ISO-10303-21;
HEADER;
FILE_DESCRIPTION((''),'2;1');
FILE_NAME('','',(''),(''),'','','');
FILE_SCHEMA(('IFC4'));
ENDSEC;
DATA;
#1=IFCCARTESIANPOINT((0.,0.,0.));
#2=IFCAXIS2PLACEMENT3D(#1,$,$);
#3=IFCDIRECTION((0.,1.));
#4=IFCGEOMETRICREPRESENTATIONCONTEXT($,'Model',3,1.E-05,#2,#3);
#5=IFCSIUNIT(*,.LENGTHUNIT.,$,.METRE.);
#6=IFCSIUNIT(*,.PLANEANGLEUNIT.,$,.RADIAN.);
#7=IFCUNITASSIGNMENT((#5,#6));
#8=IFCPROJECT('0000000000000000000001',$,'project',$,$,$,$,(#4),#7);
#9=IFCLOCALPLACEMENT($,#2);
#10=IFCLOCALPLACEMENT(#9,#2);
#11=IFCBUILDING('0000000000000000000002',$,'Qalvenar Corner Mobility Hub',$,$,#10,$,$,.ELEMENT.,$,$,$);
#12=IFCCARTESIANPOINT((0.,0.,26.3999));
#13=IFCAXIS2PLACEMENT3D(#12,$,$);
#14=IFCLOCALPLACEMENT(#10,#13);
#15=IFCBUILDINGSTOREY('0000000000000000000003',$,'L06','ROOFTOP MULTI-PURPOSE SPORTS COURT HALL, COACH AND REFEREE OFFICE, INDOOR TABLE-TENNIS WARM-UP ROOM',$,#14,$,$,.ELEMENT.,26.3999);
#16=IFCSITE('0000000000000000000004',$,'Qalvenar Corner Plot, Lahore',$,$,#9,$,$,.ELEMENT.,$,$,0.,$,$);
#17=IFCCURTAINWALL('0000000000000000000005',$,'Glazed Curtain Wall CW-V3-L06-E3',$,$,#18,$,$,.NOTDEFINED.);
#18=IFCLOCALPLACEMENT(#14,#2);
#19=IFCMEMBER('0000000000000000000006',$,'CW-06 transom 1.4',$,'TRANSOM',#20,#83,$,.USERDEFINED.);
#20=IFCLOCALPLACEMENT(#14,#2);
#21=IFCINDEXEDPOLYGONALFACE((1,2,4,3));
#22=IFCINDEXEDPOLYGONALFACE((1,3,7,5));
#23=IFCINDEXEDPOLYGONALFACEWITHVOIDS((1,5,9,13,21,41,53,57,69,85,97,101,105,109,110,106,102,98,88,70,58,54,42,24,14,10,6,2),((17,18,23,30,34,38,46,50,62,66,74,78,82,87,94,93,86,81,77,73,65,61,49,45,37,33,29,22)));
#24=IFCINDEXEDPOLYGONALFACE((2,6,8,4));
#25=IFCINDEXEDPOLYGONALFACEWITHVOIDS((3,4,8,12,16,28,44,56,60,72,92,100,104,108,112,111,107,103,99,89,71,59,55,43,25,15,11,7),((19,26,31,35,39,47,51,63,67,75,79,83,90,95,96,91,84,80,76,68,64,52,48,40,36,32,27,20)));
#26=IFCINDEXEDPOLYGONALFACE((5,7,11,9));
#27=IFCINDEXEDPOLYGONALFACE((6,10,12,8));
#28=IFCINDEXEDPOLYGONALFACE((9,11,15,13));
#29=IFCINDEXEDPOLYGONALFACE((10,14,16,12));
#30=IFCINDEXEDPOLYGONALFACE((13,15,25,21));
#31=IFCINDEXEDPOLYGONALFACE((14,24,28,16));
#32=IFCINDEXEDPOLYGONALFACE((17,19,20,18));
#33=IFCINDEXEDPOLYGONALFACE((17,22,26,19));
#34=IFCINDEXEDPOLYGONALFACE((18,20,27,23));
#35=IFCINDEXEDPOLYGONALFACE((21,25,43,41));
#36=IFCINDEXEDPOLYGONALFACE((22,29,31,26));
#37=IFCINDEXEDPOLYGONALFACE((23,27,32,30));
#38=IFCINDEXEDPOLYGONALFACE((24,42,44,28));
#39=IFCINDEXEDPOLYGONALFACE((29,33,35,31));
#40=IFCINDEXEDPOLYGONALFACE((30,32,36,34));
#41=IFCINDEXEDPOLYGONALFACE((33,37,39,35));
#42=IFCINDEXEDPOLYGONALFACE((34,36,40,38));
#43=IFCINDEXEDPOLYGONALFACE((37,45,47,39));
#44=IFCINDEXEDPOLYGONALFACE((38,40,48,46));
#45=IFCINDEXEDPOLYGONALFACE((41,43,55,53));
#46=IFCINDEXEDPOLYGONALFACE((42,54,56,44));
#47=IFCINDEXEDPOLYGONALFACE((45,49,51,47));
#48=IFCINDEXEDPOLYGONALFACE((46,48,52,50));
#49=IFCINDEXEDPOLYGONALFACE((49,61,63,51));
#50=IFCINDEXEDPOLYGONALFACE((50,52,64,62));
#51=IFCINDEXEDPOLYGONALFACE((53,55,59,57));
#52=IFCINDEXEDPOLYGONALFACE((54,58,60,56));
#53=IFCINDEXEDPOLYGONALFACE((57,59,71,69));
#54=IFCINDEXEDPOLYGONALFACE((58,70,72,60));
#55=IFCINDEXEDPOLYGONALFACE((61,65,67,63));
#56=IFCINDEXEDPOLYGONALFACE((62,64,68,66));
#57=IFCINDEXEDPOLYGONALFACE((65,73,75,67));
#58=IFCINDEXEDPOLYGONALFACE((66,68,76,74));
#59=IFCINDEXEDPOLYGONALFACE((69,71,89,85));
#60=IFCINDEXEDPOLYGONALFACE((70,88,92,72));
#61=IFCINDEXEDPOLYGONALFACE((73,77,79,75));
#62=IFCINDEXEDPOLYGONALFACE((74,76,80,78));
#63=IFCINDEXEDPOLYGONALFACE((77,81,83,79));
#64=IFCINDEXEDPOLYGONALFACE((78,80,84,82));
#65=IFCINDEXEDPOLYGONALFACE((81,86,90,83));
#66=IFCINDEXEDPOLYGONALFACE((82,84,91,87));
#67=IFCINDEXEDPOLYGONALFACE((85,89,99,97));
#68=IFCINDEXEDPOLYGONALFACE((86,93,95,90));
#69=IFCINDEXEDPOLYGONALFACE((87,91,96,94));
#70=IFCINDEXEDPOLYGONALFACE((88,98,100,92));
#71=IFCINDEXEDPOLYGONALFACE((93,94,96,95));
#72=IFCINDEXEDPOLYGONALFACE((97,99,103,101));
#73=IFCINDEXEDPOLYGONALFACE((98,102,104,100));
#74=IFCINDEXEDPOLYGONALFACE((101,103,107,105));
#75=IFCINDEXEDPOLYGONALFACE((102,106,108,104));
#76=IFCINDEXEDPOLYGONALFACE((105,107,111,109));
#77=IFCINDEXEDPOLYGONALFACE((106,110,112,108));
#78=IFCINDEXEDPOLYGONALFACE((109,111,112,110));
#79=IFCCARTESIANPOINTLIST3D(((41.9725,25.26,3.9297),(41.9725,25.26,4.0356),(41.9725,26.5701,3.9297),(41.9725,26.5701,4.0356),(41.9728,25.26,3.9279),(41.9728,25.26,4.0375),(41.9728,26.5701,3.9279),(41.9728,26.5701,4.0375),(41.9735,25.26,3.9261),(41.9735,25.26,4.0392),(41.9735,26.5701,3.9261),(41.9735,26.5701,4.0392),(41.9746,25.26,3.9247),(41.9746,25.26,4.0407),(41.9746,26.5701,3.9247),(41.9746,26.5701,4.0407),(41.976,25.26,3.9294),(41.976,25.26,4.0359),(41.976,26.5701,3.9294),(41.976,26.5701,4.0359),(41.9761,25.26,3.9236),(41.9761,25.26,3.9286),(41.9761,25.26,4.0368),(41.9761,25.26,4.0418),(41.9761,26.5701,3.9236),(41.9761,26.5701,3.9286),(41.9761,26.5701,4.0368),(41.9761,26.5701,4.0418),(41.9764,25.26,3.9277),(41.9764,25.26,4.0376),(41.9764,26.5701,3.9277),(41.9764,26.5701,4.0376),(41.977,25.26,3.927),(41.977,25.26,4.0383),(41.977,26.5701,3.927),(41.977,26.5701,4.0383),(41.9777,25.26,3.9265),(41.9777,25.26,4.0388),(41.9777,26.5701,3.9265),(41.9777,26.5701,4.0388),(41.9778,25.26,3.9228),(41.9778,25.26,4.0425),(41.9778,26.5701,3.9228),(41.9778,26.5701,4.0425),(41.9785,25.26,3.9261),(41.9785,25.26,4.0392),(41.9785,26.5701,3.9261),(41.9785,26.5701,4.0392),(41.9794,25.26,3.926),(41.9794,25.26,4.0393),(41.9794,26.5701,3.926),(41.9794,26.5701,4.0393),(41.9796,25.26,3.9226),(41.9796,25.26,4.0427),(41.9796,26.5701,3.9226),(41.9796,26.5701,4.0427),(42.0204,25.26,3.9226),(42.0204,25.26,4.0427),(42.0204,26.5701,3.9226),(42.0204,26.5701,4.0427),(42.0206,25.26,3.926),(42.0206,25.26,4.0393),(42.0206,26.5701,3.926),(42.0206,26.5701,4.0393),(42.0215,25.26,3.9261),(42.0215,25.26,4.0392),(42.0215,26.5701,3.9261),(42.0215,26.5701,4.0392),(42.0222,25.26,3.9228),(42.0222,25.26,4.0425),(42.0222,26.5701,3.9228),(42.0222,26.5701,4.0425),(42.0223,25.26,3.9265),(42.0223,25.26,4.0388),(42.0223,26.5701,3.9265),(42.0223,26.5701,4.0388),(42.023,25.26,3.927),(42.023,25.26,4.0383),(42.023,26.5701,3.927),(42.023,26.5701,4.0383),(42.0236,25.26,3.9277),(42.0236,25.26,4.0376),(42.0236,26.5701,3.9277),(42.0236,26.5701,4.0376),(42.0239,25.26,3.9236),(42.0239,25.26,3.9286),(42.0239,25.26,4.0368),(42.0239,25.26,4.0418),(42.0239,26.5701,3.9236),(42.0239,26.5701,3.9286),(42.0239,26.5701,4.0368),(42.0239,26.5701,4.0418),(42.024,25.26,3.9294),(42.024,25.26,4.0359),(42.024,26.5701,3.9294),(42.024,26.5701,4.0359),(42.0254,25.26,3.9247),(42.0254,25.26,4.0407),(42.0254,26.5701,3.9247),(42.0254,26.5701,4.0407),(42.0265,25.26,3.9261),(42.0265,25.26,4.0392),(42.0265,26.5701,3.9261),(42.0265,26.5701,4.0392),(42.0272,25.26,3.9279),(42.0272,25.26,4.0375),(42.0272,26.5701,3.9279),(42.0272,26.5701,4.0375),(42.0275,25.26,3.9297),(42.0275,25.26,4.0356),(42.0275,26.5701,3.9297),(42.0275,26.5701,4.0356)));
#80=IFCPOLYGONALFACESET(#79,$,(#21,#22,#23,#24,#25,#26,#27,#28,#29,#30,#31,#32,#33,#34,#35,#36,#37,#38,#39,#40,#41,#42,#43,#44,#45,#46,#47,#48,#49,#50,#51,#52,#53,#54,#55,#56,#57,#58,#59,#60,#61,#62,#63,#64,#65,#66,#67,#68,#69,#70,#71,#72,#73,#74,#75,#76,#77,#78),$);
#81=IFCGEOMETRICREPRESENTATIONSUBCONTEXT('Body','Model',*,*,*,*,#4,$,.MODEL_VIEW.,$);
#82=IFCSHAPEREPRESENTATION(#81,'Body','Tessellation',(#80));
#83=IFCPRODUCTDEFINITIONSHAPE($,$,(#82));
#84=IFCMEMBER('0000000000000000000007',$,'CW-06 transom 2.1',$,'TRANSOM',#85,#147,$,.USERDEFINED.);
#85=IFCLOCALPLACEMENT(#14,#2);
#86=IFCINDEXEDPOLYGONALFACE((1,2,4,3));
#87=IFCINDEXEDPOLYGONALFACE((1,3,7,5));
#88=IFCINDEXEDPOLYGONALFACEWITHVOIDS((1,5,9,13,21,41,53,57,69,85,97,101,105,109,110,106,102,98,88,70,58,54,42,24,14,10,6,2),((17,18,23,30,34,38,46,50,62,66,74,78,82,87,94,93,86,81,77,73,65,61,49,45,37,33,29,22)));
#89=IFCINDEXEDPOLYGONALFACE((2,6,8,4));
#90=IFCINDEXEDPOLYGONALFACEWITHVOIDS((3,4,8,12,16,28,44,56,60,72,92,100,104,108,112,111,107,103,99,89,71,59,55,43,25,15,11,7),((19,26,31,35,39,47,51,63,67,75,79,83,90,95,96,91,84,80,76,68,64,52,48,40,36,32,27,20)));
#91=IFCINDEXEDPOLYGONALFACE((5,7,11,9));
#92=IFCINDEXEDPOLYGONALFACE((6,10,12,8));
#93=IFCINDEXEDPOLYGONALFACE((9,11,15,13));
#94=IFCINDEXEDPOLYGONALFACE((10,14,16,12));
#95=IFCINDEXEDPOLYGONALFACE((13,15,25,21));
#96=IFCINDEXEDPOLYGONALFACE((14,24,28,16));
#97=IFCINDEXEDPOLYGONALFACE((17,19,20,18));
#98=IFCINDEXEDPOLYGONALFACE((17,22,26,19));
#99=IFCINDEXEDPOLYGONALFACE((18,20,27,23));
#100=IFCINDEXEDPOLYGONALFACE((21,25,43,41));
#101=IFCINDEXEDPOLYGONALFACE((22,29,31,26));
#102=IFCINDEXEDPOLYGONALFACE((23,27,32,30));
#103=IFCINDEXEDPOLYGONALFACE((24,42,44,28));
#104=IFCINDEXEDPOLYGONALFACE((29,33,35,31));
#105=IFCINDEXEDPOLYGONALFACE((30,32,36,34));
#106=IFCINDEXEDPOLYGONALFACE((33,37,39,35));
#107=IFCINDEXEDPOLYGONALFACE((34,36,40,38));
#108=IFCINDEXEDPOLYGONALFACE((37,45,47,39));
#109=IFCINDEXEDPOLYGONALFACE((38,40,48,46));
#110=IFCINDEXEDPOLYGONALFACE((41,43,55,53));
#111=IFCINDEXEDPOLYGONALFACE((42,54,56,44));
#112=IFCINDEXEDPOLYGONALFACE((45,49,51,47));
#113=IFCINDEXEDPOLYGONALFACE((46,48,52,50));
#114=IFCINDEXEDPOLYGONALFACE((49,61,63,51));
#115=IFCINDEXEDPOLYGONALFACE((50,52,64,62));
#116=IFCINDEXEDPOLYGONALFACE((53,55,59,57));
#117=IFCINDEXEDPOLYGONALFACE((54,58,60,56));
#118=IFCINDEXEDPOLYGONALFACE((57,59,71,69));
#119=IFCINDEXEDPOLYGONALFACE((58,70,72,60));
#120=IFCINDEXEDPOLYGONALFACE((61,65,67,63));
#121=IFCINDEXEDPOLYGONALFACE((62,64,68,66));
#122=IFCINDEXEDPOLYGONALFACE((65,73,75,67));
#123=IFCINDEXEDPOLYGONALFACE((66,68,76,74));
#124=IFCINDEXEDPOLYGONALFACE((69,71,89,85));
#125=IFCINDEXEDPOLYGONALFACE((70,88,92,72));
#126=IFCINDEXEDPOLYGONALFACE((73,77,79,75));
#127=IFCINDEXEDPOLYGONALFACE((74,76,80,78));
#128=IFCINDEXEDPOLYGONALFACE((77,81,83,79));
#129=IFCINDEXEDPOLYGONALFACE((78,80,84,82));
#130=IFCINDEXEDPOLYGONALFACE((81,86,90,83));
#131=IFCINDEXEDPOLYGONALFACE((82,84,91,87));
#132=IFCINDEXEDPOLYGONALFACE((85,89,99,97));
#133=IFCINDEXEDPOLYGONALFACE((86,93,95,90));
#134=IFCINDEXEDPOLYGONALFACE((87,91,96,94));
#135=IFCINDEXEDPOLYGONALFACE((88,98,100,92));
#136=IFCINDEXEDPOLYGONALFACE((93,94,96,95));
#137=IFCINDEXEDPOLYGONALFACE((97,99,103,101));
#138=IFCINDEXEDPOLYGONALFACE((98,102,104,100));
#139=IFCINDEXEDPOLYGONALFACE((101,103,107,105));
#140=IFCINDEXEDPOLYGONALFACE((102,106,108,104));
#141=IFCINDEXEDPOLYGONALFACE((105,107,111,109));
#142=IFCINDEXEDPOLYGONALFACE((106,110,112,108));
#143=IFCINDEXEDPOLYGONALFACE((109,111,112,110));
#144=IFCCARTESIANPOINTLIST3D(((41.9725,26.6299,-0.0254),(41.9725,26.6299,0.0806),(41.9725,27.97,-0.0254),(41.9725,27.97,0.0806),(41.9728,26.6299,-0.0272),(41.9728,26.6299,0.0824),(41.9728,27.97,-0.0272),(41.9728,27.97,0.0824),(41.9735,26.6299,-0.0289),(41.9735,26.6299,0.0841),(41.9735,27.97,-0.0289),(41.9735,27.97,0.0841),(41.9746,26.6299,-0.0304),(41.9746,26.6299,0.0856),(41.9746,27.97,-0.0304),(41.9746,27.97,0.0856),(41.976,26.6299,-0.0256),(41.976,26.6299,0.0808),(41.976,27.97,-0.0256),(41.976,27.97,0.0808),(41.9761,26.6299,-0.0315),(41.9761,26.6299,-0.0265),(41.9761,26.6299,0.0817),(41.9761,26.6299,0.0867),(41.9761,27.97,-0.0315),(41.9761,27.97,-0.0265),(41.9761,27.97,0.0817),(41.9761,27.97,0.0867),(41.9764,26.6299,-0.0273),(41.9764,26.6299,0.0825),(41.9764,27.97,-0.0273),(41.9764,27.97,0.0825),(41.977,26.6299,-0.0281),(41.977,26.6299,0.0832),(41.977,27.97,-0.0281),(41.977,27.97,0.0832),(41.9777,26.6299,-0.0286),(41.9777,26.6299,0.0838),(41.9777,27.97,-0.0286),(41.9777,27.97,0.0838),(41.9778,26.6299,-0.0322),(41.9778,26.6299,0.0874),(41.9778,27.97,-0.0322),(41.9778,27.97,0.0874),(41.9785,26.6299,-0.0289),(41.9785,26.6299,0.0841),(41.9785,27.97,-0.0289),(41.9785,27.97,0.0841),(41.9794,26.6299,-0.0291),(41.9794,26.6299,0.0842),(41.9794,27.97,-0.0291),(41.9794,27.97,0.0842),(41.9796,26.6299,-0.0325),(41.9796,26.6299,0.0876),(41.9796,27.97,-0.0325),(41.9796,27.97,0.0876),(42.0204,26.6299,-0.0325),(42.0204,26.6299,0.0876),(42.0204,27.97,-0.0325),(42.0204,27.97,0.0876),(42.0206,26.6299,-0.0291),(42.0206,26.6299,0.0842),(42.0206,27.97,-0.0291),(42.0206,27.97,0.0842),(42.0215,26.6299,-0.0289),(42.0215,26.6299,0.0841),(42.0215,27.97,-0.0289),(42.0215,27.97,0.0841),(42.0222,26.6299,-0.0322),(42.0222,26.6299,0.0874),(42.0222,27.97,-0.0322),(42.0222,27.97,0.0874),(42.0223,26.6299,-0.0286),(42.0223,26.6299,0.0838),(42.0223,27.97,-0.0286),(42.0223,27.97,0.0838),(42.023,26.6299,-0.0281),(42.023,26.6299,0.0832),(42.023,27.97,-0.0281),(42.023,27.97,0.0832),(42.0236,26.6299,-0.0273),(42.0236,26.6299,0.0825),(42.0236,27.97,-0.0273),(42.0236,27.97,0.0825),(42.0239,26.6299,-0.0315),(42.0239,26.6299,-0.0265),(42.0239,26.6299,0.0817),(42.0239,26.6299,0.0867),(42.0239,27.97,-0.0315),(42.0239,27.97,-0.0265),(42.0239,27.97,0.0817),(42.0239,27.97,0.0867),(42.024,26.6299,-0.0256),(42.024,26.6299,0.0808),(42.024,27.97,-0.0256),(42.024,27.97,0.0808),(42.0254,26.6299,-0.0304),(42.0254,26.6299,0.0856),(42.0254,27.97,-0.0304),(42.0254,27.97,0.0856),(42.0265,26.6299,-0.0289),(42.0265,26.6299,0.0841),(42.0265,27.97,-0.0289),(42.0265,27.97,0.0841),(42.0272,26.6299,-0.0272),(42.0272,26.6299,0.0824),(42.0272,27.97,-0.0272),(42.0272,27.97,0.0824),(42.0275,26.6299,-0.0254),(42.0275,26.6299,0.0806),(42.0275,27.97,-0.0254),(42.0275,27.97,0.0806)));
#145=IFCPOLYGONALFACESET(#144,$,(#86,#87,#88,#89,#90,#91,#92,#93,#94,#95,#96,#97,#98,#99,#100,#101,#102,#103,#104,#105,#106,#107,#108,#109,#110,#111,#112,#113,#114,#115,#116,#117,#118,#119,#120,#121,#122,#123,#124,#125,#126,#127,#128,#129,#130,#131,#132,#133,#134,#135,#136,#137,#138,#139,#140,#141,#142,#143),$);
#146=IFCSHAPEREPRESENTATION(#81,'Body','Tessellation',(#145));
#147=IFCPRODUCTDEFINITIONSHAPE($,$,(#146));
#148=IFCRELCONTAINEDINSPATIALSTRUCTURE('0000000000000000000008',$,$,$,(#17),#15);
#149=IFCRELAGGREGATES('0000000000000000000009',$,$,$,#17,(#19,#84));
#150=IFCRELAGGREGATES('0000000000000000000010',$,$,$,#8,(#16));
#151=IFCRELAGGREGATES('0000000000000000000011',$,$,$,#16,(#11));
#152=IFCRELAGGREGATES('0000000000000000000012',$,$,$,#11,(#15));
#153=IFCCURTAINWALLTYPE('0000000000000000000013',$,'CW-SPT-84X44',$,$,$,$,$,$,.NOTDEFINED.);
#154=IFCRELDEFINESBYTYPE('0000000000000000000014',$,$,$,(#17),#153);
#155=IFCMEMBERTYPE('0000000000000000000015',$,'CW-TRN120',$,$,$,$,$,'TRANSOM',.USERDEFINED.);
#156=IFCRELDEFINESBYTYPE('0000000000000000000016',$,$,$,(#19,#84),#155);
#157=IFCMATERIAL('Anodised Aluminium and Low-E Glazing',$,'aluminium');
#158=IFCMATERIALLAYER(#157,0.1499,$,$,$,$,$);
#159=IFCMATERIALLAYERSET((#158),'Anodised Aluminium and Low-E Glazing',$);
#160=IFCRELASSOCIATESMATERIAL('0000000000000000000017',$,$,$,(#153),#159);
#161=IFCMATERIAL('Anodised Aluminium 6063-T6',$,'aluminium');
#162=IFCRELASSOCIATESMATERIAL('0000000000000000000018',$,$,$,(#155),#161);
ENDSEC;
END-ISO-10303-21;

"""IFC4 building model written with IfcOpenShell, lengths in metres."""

from ifc_helpers import new_model, si_unit, direction, frame, origin, origin_2d, place, context, subcontext, project, spatial, hollow_rectangle, extrude, material, layer, layer_set, material_profile, profile_set, type_object, element, aggregate, save


model = new_model("IFC4")

# Units and contexts
model_context = context("Model", 3, precision=1e-05, world=origin(), true_north=direction((0.0, 1.0)))
body_context = subcontext(model_context, "Body", "Model", "MODEL_VIEW")
ifc_project = project(units=[si_unit("LENGTHUNIT", "METRE"), si_unit("PLANEANGLEUNIT", "RADIAN")], contexts=[model_context])

# Site, building, storey
site_placement = place(None, origin())
site = spatial("IfcSite", under=ifc_project, at=site_placement, Name="Qalvenar Corner Plot, Lahore", CompositionType="ELEMENT", RefElevation=0.0)
building_placement = place(site_placement, origin())
building = spatial("IfcBuilding", under=site, at=building_placement, Name="Qalvenar Corner Mobility Hub", CompositionType="ELEMENT")
storey_placement = place(building_placement, frame((0.0, 0.0, 26.3999)))
storey = spatial("IfcBuildingStorey", under=building, at=storey_placement, Name="L06", Description="ROOFTOP MULTI-PURPOSE SPORTS COURT HALL, COACH AND REFEREE OFFICE, INDOOR TABLE-TENNIS WARM-UP ROOM", CompositionType="ELEMENT", Elevation=26.3999)

# Shared definitions
ifc_material_1 = material(Name="Anodised Aluminium and Low-E Glazing", Category="aluminium")
ifc_material_2 = material(Name="Anodised Aluminium 6063-T6", Category="aluminium")

# Curtain wall
ifc_layer_1 = layer(ifc_material_1, 0.1499)
ifc_layer_set_1 = layer_set([ifc_layer_1], Name="Anodised Aluminium and Low-E Glazing")
curtain_wall_type_1 = type_object("IfcCurtainWallType", Name="CW-SPT-84X44", PredefinedType="NOTDEFINED", material=ifc_layer_set_1)
curtain_wall_1_placement = place(storey_placement, origin())
curtain_wall_1 = element("IfcCurtainWall", 1, at=curtain_wall_1_placement, inside=storey, type_object=curtain_wall_type_1, Name="Glazed Curtain Wall CW-V3-L06-E3", PredefinedType="NOTDEFINED")

# Members
ifc_material_profile_1 = material_profile(ifc_material_2, hollow_rectangle(XDim=0.0549, YDim=0.1201, WallThickness=0.0034, InnerFilletRadius=0.0034, OuterFilletRadius=0.0071, at=origin_2d()), Name="RHS120x55x3.5")
ifc_profile_set_1 = profile_set([ifc_material_profile_1], Name="Anodised Aluminium 6063-T6")
member_type_1 = type_object("IfcMemberType", Name="CW-TRN120", ElementType="TRANSOM", PredefinedType="USERDEFINED", material=ifc_profile_set_1)
member_1_placement = place(storey_placement, frame((42.0, 25.26, 3.9827), z_axis=(0.0, 1.0, 0.0), x_axis=(-1.0, 0.0, 0.0)))
member_1 = element("IfcMember", 2, at=member_1_placement, type_object=member_type_1, Name="CW-06 transom 1.4", ObjectType="TRANSOM", PredefinedType="USERDEFINED", context=body_context, shape_type="SweptSolid", body=[
    extrude(hollow_rectangle(XDim=0.0549, YDim=0.1201, WallThickness=0.0034, InnerFilletRadius=0.0034, OuterFilletRadius=0.0071, at=origin_2d()), origin(), (0.0, 0.0, 1.0), 1.3101),
])
member_2_placement = place(storey_placement, frame((42.0, 26.6299, 0.0276), z_axis=(0.0, 1.0, 0.0), x_axis=(-1.0, 0.0, 0.0)))
member_2 = element("IfcMember", 3, at=member_2_placement, type_object=member_type_1, Name="CW-06 transom 2.1", ObjectType="TRANSOM", PredefinedType="USERDEFINED", context=body_context, shape_type="SweptSolid", body=[
    extrude(hollow_rectangle(XDim=0.0549, YDim=0.1201, WallThickness=0.0034, InnerFilletRadius=0.0034, OuterFilletRadius=0.0071, at=origin_2d()), origin(), (0.0, 0.0, 1.0), 1.3401),
])

aggregate(curtain_wall_1, [member_1, member_2])

save(model, "model.ifc")
